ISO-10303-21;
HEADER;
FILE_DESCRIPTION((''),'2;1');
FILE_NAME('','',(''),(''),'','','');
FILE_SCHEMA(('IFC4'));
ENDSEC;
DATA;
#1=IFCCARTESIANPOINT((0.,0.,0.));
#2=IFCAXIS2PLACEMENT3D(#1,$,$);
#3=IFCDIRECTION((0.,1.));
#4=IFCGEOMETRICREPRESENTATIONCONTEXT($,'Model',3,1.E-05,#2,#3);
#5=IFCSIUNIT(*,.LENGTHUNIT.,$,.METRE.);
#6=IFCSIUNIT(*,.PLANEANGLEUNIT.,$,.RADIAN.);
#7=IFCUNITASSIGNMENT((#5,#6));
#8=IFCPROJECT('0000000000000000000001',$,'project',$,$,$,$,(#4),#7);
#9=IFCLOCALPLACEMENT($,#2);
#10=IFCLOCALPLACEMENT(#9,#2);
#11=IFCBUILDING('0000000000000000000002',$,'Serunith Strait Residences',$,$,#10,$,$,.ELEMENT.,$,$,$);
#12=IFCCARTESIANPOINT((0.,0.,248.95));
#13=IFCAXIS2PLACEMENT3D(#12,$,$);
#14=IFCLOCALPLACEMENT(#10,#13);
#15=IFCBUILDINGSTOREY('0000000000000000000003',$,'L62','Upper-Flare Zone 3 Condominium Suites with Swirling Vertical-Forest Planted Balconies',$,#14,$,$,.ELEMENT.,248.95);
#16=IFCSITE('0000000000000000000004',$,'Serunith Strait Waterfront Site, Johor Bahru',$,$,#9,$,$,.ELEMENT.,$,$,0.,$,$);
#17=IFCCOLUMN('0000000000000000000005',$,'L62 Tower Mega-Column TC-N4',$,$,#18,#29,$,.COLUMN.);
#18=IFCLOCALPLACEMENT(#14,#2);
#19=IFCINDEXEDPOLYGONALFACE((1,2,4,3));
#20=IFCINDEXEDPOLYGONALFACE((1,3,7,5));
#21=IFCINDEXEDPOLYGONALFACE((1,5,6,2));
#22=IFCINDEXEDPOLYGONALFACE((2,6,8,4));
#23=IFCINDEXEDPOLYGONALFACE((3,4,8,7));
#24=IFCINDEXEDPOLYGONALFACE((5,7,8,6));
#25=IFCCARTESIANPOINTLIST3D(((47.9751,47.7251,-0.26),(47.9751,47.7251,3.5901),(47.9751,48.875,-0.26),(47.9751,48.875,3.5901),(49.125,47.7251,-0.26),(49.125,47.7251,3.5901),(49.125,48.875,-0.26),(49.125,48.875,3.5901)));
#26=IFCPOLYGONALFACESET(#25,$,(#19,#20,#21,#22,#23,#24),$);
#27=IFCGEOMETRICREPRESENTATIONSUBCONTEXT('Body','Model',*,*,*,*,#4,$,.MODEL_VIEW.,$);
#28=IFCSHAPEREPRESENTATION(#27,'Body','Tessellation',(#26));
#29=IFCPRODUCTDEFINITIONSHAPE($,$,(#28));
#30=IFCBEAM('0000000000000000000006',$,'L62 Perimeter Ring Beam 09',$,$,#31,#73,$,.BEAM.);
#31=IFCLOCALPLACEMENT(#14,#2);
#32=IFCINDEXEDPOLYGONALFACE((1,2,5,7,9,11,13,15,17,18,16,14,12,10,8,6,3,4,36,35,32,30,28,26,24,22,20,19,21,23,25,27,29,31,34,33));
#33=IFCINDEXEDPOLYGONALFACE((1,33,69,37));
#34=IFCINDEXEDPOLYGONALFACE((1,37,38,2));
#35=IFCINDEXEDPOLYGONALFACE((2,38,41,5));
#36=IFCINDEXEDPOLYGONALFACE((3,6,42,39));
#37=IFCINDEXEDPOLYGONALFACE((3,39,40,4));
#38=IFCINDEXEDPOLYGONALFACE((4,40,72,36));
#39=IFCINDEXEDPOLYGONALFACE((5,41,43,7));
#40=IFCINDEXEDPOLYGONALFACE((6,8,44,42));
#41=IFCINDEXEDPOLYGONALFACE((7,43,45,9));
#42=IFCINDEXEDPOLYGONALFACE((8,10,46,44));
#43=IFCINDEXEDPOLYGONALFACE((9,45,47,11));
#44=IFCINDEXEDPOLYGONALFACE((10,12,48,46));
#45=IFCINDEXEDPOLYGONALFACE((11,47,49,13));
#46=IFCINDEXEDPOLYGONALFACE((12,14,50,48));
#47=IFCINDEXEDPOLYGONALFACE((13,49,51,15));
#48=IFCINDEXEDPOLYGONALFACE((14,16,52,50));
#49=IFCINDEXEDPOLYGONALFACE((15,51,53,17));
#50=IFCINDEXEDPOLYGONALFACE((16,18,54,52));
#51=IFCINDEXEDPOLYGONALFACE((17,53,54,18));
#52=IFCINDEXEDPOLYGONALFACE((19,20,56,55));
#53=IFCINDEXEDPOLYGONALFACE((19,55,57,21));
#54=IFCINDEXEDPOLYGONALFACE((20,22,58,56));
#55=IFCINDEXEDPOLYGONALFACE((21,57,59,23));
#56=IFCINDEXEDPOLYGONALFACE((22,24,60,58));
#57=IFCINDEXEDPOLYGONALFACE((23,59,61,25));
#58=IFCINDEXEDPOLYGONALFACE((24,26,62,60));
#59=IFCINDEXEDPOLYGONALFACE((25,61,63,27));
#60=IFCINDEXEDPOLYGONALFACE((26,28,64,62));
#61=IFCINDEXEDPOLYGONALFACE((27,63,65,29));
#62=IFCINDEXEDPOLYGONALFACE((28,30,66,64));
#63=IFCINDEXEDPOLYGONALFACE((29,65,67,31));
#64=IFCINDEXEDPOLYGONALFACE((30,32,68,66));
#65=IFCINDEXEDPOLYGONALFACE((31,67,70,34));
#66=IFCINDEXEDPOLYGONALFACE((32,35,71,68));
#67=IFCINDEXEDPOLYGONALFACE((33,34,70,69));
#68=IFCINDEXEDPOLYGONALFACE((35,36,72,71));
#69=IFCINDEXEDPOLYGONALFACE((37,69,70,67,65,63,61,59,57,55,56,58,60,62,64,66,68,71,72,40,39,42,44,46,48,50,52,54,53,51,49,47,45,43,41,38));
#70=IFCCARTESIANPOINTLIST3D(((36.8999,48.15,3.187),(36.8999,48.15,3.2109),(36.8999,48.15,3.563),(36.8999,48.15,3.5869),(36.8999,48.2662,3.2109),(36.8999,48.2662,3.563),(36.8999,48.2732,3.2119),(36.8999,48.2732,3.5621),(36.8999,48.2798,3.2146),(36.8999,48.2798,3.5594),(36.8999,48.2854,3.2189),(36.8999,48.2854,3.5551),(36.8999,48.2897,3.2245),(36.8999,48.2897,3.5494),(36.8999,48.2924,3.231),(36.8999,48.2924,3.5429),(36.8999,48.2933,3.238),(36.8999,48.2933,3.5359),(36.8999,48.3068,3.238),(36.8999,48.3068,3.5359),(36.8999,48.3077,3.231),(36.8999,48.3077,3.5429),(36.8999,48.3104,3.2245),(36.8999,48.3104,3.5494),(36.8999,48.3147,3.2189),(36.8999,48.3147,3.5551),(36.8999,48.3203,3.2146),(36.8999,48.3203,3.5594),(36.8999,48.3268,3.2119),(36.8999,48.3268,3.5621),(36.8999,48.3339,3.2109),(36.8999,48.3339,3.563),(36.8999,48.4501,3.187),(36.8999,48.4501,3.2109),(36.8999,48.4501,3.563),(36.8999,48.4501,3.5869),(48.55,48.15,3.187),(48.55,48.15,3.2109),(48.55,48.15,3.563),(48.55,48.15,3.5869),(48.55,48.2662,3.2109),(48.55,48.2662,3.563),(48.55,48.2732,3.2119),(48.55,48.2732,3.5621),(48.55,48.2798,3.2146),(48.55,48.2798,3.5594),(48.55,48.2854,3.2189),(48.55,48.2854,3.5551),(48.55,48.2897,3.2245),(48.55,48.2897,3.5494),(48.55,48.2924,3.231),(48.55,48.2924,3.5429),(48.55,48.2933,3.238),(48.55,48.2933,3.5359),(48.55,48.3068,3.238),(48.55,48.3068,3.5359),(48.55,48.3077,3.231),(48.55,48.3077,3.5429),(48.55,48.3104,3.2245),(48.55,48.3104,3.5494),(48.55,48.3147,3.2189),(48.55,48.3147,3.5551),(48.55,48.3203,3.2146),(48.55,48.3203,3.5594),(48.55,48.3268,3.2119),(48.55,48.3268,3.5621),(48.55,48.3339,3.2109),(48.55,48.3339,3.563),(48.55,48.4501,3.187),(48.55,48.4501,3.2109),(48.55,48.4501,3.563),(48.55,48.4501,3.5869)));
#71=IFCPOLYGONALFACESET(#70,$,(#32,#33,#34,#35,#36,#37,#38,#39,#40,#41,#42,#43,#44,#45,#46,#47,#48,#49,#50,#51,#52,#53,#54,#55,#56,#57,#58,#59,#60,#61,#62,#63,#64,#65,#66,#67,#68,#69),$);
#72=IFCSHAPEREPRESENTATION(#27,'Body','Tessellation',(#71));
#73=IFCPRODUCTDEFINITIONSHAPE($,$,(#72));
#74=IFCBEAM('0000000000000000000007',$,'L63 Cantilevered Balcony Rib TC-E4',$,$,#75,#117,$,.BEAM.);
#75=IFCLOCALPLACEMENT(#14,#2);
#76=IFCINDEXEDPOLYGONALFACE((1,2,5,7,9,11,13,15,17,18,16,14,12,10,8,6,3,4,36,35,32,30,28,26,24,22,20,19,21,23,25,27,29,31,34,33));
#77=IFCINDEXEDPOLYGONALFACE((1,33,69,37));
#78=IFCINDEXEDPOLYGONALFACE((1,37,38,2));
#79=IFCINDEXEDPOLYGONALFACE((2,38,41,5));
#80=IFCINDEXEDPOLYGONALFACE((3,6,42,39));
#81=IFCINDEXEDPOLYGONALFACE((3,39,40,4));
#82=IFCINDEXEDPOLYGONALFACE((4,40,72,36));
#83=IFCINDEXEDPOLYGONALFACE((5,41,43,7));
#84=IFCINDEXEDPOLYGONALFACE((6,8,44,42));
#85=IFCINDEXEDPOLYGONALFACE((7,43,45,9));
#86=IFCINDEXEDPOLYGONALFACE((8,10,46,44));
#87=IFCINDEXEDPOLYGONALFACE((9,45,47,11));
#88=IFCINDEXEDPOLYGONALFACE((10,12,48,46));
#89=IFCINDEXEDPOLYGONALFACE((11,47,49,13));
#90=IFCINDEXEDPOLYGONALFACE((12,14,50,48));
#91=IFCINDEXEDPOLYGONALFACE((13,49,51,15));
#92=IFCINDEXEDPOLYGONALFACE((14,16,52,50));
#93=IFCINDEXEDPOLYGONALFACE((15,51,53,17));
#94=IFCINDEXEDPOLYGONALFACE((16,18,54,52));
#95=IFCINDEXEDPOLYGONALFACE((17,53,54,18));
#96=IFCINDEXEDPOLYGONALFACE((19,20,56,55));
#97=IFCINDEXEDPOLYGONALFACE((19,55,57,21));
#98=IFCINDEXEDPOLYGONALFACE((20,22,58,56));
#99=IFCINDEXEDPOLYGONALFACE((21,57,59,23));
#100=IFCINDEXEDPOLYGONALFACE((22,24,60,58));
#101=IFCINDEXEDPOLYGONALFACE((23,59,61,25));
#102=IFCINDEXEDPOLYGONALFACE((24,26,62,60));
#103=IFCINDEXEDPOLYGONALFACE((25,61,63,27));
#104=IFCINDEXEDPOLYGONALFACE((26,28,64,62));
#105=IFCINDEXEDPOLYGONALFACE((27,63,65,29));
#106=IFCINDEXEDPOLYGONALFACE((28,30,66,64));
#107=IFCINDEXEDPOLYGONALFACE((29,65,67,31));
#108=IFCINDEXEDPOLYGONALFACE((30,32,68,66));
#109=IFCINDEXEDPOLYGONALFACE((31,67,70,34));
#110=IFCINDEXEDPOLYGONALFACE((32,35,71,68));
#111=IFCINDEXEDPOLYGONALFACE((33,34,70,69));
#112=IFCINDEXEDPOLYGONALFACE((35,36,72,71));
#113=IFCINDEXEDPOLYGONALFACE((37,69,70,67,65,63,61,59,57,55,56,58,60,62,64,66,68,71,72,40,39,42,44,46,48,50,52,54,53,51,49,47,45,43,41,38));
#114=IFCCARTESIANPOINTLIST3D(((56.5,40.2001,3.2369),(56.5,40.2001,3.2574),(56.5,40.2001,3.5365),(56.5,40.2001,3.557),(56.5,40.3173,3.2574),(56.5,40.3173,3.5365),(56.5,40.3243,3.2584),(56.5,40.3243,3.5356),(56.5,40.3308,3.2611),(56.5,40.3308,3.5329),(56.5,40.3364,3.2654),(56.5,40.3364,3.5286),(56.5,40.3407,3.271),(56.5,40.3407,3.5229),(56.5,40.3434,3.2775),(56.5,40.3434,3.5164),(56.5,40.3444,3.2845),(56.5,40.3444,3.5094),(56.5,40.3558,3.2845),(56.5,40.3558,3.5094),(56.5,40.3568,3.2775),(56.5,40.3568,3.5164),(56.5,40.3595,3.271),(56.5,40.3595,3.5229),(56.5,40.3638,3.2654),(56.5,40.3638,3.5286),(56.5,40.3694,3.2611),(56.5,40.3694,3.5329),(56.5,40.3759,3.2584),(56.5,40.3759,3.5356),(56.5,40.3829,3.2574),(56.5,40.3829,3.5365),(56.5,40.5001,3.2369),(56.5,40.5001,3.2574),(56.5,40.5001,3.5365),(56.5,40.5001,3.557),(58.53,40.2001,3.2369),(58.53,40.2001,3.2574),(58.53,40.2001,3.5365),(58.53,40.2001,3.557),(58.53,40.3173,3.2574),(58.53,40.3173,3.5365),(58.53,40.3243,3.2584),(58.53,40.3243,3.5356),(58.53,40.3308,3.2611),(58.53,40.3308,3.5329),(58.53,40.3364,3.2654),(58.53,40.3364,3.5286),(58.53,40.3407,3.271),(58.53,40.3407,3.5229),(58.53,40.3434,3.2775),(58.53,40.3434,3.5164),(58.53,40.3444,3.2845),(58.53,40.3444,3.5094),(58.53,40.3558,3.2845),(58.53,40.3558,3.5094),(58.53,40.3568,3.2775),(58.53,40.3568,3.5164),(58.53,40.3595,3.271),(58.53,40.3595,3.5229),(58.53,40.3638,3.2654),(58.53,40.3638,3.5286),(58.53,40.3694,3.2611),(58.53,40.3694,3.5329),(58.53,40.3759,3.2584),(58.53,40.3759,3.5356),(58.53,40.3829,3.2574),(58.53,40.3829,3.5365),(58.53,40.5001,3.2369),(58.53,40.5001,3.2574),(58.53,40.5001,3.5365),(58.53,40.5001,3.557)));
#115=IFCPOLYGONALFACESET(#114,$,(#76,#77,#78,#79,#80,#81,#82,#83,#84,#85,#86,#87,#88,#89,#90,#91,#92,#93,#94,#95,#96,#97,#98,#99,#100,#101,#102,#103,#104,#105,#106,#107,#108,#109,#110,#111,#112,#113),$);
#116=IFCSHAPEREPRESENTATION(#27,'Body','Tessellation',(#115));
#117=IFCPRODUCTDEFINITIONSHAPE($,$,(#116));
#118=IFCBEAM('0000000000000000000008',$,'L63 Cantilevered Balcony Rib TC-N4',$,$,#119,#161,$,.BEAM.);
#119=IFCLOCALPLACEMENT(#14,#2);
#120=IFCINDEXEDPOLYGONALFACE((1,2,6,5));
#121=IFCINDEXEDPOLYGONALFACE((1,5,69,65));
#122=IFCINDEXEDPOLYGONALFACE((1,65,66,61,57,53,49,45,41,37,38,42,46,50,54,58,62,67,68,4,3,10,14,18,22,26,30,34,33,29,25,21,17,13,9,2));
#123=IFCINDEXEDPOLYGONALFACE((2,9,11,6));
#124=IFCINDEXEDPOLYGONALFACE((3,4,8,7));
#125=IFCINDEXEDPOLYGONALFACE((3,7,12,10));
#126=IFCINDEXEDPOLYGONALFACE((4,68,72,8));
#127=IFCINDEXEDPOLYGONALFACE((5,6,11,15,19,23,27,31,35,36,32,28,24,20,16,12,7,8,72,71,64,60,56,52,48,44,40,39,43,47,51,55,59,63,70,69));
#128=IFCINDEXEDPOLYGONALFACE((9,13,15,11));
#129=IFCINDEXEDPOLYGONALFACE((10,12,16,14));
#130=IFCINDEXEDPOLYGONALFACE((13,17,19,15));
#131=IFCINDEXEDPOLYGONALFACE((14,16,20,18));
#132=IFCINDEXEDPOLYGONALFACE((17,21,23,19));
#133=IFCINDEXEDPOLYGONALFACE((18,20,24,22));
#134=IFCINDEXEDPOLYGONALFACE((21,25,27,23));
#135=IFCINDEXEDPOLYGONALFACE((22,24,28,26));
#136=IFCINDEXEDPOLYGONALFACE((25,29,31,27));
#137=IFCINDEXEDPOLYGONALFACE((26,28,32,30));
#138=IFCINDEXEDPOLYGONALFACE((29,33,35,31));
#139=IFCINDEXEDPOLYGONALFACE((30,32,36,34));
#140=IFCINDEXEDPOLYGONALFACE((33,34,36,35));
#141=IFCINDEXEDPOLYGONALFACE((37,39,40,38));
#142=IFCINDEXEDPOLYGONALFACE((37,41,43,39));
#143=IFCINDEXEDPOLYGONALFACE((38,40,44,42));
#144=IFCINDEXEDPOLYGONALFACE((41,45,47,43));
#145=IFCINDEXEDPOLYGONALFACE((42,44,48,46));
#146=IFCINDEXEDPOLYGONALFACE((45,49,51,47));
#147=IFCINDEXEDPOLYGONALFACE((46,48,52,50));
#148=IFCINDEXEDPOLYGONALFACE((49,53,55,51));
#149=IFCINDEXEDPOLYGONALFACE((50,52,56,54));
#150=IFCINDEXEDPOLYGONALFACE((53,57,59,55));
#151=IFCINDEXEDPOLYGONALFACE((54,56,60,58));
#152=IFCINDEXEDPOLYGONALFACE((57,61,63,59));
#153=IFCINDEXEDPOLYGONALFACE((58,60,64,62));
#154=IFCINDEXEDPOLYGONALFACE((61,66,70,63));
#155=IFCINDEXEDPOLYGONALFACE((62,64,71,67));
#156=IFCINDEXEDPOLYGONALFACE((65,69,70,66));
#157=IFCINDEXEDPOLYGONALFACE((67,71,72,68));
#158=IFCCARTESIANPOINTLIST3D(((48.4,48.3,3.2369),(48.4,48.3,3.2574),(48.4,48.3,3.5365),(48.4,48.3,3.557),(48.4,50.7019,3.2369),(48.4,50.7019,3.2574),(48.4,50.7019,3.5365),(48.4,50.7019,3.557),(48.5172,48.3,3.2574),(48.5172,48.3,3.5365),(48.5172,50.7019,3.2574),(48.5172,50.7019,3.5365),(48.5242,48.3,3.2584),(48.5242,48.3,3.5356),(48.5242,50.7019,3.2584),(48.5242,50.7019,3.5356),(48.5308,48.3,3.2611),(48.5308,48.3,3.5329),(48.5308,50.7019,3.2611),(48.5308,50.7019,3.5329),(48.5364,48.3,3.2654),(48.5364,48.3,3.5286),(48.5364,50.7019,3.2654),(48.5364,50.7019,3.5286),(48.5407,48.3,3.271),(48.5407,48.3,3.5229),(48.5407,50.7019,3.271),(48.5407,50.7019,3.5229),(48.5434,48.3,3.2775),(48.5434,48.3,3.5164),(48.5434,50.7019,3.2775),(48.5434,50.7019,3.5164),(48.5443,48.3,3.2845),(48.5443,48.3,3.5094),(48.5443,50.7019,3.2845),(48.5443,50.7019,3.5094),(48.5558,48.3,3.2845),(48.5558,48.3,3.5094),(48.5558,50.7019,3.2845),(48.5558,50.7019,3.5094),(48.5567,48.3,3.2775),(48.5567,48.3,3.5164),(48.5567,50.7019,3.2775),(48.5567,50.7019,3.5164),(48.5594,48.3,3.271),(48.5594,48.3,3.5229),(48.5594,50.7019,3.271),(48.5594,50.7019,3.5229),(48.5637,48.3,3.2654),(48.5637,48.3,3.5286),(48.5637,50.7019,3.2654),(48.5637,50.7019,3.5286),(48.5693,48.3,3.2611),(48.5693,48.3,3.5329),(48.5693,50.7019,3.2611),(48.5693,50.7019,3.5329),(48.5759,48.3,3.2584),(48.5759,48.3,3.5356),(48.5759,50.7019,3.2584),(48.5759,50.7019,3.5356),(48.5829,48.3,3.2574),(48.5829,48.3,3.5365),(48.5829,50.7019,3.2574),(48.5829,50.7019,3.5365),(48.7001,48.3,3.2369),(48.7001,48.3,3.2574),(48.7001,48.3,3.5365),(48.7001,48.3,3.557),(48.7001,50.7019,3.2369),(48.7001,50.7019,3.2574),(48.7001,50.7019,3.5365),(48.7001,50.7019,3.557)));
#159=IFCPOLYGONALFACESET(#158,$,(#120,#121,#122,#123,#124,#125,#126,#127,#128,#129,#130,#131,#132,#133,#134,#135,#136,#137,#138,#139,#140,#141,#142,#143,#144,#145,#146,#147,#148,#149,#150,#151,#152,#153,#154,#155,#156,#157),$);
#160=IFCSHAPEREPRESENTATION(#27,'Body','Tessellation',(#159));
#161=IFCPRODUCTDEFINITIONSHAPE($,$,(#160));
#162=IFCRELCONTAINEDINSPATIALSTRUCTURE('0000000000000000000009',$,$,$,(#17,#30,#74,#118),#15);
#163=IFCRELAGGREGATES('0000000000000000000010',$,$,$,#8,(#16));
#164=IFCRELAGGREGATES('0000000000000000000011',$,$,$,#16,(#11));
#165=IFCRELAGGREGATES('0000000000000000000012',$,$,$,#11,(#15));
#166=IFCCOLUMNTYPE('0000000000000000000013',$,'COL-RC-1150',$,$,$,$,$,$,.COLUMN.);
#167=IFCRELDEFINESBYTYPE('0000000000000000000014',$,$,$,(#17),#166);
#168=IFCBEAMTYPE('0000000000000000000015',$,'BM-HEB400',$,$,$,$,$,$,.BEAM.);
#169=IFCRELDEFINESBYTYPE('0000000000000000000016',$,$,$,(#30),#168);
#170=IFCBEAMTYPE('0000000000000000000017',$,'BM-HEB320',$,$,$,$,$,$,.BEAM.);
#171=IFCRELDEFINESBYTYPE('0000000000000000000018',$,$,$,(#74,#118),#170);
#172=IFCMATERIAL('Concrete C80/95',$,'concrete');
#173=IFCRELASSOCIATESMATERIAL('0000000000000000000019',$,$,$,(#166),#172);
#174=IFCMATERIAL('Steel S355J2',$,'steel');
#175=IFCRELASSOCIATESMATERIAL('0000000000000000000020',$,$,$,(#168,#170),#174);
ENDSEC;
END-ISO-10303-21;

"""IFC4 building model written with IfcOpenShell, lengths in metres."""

from ifc_helpers import new_model, si_unit, direction, frame, origin, origin_2d, place, context, subcontext, project, spatial, rectangle, i_section, extrude, source, transform, mapped, material, material_profile, profile_set, type_object, element, save


model = new_model("IFC4")

# Units and contexts
model_context = context("Model", 3, precision=1e-05, world=origin(), true_north=direction((0.0, 1.0)))
body_context = subcontext(model_context, "Body", "Model", "MODEL_VIEW")
ifc_project = project(units=[si_unit("LENGTHUNIT", "METRE"), si_unit("PLANEANGLEUNIT", "RADIAN")], contexts=[model_context])

# Site, building, storey
site_placement = place(None, origin())
site = spatial("IfcSite", under=ifc_project, at=site_placement, Name="Serunith Strait Waterfront Site, Johor Bahru", CompositionType="ELEMENT", RefElevation=0.0)
building_placement = place(site_placement, origin())
building = spatial("IfcBuilding", under=site, at=building_placement, Name="Serunith Strait Residences", CompositionType="ELEMENT")
storey_placement = place(building_placement, frame((0.0, 0.0, 248.95)))
storey = spatial("IfcBuildingStorey", under=building, at=storey_placement, Name="L62", Description="Upper-Flare Zone 3 Condominium Suites with Swirling Vertical-Forest Planted Balconies", CompositionType="ELEMENT", Elevation=248.95)

# Column
ifc_material_1 = material(Name="Concrete C80/95", Category="concrete")
ifc_material_profile_1 = material_profile(ifc_material_1, rectangle(XDim=1.1499, YDim=1.1499, at=origin_2d()), Name="RC 1150x1150")
ifc_profile_set_1 = profile_set([ifc_material_profile_1], Name="Concrete C80/95")
column_type = type_object("IfcColumnType", Name="COL-RC-1150", PredefinedType="COLUMN", material=ifc_profile_set_1)
shared_shape_1 = source(origin(), body_context, "Body", "SweptSolid", [
    extrude(rectangle(XDim=1.1499, YDim=1.1499, at=origin_2d()), origin(), (0.0, 0.0, 1.0), 3.8501),
])
column_placement = place(storey_placement, frame((48.55, 48.3, -0.26), z_axis=(0.0, 0.0, 1.0), x_axis=(1.0, 0.0, 0.0)))
element("IfcColumn", 1, at=column_placement, inside=storey, type_object=column_type, Name="L62 Tower Mega-Column TC-N4", PredefinedType="COLUMN", context=body_context, shape_type="MappedRepresentation", body=[
    mapped(shared_shape_1, transform((0.0, 0.0, 0.0), scale=1.0)),
])

# Beams
ifc_material_2 = material(Name="Steel S355J2", Category="steel")
ifc_material_profile_2 = material_profile(ifc_material_2, i_section(OverallWidth=0.3, OverallDepth=0.3999, WebThickness=0.0134, FlangeThickness=0.0239, FilletRadius=0.0271, at=origin_2d()), Name="HEB 400")
ifc_profile_set_2 = profile_set([ifc_material_profile_2], Name="Steel S355J2")
beam_type_1 = type_object("IfcBeamType", Name="BM-HEB400", PredefinedType="BEAM", material=ifc_profile_set_2)
shared_shape_2 = source(origin(), body_context, "Body", "SweptSolid", [
    extrude(i_section(OverallWidth=0.3, OverallDepth=0.3999, WebThickness=0.0134, FlangeThickness=0.0239, FilletRadius=0.0271, at=origin_2d()), origin(), (0.0, 0.0, 1.0), 11.6501),
])
beam_1_placement = place(storey_placement, frame((48.55, 48.3, 3.387), z_axis=(-1.0, 0.0, 0.0), x_axis=(0.0, -1.0, 0.0)))
element("IfcBeam", 2, at=beam_1_placement, inside=storey, type_object=beam_type_1, Name="L62 Perimeter Ring Beam 09", PredefinedType="BEAM", context=body_context, shape_type="MappedRepresentation", body=[
    mapped(shared_shape_2, transform((0.0, 0.0, 0.0), scale=1.0)),
])
ifc_material_profile_3 = material_profile(ifc_material_2, i_section(OverallWidth=0.3, OverallDepth=0.3201, WebThickness=0.0115, FlangeThickness=0.0205, FilletRadius=0.0271, at=origin_2d()), Name="HEB 320")
ifc_profile_set_3 = profile_set([ifc_material_profile_3], Name="Steel S355J2")
beam_type_2 = type_object("IfcBeamType", Name="BM-HEB320", PredefinedType="BEAM", material=ifc_profile_set_3)
shared_shape_3 = source(origin(), body_context, "Body", "SweptSolid", [
    extrude(i_section(OverallWidth=0.3, OverallDepth=0.3201, WebThickness=0.0115, FlangeThickness=0.0205, FilletRadius=0.0271, at=origin_2d()), origin(), (0.0, 0.0, 1.0), 2.03),
])
beam_2_placement = place(storey_placement, frame((56.5, 40.3501, 3.397), z_axis=(1.0, 0.0, 0.0), x_axis=(0.0, 1.0, 0.0)))
element("IfcBeam", 3, at=beam_2_placement, inside=storey, type_object=beam_type_2, Name="L63 Cantilevered Balcony Rib TC-E4", PredefinedType="BEAM", context=body_context, shape_type="MappedRepresentation", body=[
    mapped(shared_shape_3, transform((0.0, 0.0, 0.0), scale=1.0)),
])
shared_shape_4 = source(origin(), body_context, "Body", "SweptSolid", [
    extrude(i_section(OverallWidth=0.3, OverallDepth=0.3201, WebThickness=0.0115, FlangeThickness=0.0205, FilletRadius=0.0271, at=origin_2d()), origin(), (0.0, 0.0, 1.0), 2.4019),
])
beam_3_placement = place(storey_placement, frame((48.55, 48.3, 3.397), z_axis=(0.0, 1.0, 0.0), x_axis=(-1.0, 0.0, 0.0)))
element("IfcBeam", 4, at=beam_3_placement, inside=storey, type_object=beam_type_2, Name="L63 Cantilevered Balcony Rib TC-N4", PredefinedType="BEAM", context=body_context, shape_type="MappedRepresentation", body=[
    mapped(shared_shape_4, transform((0.0, 0.0, 0.0), scale=1.0)),
])

save(model, "model.ifc")
